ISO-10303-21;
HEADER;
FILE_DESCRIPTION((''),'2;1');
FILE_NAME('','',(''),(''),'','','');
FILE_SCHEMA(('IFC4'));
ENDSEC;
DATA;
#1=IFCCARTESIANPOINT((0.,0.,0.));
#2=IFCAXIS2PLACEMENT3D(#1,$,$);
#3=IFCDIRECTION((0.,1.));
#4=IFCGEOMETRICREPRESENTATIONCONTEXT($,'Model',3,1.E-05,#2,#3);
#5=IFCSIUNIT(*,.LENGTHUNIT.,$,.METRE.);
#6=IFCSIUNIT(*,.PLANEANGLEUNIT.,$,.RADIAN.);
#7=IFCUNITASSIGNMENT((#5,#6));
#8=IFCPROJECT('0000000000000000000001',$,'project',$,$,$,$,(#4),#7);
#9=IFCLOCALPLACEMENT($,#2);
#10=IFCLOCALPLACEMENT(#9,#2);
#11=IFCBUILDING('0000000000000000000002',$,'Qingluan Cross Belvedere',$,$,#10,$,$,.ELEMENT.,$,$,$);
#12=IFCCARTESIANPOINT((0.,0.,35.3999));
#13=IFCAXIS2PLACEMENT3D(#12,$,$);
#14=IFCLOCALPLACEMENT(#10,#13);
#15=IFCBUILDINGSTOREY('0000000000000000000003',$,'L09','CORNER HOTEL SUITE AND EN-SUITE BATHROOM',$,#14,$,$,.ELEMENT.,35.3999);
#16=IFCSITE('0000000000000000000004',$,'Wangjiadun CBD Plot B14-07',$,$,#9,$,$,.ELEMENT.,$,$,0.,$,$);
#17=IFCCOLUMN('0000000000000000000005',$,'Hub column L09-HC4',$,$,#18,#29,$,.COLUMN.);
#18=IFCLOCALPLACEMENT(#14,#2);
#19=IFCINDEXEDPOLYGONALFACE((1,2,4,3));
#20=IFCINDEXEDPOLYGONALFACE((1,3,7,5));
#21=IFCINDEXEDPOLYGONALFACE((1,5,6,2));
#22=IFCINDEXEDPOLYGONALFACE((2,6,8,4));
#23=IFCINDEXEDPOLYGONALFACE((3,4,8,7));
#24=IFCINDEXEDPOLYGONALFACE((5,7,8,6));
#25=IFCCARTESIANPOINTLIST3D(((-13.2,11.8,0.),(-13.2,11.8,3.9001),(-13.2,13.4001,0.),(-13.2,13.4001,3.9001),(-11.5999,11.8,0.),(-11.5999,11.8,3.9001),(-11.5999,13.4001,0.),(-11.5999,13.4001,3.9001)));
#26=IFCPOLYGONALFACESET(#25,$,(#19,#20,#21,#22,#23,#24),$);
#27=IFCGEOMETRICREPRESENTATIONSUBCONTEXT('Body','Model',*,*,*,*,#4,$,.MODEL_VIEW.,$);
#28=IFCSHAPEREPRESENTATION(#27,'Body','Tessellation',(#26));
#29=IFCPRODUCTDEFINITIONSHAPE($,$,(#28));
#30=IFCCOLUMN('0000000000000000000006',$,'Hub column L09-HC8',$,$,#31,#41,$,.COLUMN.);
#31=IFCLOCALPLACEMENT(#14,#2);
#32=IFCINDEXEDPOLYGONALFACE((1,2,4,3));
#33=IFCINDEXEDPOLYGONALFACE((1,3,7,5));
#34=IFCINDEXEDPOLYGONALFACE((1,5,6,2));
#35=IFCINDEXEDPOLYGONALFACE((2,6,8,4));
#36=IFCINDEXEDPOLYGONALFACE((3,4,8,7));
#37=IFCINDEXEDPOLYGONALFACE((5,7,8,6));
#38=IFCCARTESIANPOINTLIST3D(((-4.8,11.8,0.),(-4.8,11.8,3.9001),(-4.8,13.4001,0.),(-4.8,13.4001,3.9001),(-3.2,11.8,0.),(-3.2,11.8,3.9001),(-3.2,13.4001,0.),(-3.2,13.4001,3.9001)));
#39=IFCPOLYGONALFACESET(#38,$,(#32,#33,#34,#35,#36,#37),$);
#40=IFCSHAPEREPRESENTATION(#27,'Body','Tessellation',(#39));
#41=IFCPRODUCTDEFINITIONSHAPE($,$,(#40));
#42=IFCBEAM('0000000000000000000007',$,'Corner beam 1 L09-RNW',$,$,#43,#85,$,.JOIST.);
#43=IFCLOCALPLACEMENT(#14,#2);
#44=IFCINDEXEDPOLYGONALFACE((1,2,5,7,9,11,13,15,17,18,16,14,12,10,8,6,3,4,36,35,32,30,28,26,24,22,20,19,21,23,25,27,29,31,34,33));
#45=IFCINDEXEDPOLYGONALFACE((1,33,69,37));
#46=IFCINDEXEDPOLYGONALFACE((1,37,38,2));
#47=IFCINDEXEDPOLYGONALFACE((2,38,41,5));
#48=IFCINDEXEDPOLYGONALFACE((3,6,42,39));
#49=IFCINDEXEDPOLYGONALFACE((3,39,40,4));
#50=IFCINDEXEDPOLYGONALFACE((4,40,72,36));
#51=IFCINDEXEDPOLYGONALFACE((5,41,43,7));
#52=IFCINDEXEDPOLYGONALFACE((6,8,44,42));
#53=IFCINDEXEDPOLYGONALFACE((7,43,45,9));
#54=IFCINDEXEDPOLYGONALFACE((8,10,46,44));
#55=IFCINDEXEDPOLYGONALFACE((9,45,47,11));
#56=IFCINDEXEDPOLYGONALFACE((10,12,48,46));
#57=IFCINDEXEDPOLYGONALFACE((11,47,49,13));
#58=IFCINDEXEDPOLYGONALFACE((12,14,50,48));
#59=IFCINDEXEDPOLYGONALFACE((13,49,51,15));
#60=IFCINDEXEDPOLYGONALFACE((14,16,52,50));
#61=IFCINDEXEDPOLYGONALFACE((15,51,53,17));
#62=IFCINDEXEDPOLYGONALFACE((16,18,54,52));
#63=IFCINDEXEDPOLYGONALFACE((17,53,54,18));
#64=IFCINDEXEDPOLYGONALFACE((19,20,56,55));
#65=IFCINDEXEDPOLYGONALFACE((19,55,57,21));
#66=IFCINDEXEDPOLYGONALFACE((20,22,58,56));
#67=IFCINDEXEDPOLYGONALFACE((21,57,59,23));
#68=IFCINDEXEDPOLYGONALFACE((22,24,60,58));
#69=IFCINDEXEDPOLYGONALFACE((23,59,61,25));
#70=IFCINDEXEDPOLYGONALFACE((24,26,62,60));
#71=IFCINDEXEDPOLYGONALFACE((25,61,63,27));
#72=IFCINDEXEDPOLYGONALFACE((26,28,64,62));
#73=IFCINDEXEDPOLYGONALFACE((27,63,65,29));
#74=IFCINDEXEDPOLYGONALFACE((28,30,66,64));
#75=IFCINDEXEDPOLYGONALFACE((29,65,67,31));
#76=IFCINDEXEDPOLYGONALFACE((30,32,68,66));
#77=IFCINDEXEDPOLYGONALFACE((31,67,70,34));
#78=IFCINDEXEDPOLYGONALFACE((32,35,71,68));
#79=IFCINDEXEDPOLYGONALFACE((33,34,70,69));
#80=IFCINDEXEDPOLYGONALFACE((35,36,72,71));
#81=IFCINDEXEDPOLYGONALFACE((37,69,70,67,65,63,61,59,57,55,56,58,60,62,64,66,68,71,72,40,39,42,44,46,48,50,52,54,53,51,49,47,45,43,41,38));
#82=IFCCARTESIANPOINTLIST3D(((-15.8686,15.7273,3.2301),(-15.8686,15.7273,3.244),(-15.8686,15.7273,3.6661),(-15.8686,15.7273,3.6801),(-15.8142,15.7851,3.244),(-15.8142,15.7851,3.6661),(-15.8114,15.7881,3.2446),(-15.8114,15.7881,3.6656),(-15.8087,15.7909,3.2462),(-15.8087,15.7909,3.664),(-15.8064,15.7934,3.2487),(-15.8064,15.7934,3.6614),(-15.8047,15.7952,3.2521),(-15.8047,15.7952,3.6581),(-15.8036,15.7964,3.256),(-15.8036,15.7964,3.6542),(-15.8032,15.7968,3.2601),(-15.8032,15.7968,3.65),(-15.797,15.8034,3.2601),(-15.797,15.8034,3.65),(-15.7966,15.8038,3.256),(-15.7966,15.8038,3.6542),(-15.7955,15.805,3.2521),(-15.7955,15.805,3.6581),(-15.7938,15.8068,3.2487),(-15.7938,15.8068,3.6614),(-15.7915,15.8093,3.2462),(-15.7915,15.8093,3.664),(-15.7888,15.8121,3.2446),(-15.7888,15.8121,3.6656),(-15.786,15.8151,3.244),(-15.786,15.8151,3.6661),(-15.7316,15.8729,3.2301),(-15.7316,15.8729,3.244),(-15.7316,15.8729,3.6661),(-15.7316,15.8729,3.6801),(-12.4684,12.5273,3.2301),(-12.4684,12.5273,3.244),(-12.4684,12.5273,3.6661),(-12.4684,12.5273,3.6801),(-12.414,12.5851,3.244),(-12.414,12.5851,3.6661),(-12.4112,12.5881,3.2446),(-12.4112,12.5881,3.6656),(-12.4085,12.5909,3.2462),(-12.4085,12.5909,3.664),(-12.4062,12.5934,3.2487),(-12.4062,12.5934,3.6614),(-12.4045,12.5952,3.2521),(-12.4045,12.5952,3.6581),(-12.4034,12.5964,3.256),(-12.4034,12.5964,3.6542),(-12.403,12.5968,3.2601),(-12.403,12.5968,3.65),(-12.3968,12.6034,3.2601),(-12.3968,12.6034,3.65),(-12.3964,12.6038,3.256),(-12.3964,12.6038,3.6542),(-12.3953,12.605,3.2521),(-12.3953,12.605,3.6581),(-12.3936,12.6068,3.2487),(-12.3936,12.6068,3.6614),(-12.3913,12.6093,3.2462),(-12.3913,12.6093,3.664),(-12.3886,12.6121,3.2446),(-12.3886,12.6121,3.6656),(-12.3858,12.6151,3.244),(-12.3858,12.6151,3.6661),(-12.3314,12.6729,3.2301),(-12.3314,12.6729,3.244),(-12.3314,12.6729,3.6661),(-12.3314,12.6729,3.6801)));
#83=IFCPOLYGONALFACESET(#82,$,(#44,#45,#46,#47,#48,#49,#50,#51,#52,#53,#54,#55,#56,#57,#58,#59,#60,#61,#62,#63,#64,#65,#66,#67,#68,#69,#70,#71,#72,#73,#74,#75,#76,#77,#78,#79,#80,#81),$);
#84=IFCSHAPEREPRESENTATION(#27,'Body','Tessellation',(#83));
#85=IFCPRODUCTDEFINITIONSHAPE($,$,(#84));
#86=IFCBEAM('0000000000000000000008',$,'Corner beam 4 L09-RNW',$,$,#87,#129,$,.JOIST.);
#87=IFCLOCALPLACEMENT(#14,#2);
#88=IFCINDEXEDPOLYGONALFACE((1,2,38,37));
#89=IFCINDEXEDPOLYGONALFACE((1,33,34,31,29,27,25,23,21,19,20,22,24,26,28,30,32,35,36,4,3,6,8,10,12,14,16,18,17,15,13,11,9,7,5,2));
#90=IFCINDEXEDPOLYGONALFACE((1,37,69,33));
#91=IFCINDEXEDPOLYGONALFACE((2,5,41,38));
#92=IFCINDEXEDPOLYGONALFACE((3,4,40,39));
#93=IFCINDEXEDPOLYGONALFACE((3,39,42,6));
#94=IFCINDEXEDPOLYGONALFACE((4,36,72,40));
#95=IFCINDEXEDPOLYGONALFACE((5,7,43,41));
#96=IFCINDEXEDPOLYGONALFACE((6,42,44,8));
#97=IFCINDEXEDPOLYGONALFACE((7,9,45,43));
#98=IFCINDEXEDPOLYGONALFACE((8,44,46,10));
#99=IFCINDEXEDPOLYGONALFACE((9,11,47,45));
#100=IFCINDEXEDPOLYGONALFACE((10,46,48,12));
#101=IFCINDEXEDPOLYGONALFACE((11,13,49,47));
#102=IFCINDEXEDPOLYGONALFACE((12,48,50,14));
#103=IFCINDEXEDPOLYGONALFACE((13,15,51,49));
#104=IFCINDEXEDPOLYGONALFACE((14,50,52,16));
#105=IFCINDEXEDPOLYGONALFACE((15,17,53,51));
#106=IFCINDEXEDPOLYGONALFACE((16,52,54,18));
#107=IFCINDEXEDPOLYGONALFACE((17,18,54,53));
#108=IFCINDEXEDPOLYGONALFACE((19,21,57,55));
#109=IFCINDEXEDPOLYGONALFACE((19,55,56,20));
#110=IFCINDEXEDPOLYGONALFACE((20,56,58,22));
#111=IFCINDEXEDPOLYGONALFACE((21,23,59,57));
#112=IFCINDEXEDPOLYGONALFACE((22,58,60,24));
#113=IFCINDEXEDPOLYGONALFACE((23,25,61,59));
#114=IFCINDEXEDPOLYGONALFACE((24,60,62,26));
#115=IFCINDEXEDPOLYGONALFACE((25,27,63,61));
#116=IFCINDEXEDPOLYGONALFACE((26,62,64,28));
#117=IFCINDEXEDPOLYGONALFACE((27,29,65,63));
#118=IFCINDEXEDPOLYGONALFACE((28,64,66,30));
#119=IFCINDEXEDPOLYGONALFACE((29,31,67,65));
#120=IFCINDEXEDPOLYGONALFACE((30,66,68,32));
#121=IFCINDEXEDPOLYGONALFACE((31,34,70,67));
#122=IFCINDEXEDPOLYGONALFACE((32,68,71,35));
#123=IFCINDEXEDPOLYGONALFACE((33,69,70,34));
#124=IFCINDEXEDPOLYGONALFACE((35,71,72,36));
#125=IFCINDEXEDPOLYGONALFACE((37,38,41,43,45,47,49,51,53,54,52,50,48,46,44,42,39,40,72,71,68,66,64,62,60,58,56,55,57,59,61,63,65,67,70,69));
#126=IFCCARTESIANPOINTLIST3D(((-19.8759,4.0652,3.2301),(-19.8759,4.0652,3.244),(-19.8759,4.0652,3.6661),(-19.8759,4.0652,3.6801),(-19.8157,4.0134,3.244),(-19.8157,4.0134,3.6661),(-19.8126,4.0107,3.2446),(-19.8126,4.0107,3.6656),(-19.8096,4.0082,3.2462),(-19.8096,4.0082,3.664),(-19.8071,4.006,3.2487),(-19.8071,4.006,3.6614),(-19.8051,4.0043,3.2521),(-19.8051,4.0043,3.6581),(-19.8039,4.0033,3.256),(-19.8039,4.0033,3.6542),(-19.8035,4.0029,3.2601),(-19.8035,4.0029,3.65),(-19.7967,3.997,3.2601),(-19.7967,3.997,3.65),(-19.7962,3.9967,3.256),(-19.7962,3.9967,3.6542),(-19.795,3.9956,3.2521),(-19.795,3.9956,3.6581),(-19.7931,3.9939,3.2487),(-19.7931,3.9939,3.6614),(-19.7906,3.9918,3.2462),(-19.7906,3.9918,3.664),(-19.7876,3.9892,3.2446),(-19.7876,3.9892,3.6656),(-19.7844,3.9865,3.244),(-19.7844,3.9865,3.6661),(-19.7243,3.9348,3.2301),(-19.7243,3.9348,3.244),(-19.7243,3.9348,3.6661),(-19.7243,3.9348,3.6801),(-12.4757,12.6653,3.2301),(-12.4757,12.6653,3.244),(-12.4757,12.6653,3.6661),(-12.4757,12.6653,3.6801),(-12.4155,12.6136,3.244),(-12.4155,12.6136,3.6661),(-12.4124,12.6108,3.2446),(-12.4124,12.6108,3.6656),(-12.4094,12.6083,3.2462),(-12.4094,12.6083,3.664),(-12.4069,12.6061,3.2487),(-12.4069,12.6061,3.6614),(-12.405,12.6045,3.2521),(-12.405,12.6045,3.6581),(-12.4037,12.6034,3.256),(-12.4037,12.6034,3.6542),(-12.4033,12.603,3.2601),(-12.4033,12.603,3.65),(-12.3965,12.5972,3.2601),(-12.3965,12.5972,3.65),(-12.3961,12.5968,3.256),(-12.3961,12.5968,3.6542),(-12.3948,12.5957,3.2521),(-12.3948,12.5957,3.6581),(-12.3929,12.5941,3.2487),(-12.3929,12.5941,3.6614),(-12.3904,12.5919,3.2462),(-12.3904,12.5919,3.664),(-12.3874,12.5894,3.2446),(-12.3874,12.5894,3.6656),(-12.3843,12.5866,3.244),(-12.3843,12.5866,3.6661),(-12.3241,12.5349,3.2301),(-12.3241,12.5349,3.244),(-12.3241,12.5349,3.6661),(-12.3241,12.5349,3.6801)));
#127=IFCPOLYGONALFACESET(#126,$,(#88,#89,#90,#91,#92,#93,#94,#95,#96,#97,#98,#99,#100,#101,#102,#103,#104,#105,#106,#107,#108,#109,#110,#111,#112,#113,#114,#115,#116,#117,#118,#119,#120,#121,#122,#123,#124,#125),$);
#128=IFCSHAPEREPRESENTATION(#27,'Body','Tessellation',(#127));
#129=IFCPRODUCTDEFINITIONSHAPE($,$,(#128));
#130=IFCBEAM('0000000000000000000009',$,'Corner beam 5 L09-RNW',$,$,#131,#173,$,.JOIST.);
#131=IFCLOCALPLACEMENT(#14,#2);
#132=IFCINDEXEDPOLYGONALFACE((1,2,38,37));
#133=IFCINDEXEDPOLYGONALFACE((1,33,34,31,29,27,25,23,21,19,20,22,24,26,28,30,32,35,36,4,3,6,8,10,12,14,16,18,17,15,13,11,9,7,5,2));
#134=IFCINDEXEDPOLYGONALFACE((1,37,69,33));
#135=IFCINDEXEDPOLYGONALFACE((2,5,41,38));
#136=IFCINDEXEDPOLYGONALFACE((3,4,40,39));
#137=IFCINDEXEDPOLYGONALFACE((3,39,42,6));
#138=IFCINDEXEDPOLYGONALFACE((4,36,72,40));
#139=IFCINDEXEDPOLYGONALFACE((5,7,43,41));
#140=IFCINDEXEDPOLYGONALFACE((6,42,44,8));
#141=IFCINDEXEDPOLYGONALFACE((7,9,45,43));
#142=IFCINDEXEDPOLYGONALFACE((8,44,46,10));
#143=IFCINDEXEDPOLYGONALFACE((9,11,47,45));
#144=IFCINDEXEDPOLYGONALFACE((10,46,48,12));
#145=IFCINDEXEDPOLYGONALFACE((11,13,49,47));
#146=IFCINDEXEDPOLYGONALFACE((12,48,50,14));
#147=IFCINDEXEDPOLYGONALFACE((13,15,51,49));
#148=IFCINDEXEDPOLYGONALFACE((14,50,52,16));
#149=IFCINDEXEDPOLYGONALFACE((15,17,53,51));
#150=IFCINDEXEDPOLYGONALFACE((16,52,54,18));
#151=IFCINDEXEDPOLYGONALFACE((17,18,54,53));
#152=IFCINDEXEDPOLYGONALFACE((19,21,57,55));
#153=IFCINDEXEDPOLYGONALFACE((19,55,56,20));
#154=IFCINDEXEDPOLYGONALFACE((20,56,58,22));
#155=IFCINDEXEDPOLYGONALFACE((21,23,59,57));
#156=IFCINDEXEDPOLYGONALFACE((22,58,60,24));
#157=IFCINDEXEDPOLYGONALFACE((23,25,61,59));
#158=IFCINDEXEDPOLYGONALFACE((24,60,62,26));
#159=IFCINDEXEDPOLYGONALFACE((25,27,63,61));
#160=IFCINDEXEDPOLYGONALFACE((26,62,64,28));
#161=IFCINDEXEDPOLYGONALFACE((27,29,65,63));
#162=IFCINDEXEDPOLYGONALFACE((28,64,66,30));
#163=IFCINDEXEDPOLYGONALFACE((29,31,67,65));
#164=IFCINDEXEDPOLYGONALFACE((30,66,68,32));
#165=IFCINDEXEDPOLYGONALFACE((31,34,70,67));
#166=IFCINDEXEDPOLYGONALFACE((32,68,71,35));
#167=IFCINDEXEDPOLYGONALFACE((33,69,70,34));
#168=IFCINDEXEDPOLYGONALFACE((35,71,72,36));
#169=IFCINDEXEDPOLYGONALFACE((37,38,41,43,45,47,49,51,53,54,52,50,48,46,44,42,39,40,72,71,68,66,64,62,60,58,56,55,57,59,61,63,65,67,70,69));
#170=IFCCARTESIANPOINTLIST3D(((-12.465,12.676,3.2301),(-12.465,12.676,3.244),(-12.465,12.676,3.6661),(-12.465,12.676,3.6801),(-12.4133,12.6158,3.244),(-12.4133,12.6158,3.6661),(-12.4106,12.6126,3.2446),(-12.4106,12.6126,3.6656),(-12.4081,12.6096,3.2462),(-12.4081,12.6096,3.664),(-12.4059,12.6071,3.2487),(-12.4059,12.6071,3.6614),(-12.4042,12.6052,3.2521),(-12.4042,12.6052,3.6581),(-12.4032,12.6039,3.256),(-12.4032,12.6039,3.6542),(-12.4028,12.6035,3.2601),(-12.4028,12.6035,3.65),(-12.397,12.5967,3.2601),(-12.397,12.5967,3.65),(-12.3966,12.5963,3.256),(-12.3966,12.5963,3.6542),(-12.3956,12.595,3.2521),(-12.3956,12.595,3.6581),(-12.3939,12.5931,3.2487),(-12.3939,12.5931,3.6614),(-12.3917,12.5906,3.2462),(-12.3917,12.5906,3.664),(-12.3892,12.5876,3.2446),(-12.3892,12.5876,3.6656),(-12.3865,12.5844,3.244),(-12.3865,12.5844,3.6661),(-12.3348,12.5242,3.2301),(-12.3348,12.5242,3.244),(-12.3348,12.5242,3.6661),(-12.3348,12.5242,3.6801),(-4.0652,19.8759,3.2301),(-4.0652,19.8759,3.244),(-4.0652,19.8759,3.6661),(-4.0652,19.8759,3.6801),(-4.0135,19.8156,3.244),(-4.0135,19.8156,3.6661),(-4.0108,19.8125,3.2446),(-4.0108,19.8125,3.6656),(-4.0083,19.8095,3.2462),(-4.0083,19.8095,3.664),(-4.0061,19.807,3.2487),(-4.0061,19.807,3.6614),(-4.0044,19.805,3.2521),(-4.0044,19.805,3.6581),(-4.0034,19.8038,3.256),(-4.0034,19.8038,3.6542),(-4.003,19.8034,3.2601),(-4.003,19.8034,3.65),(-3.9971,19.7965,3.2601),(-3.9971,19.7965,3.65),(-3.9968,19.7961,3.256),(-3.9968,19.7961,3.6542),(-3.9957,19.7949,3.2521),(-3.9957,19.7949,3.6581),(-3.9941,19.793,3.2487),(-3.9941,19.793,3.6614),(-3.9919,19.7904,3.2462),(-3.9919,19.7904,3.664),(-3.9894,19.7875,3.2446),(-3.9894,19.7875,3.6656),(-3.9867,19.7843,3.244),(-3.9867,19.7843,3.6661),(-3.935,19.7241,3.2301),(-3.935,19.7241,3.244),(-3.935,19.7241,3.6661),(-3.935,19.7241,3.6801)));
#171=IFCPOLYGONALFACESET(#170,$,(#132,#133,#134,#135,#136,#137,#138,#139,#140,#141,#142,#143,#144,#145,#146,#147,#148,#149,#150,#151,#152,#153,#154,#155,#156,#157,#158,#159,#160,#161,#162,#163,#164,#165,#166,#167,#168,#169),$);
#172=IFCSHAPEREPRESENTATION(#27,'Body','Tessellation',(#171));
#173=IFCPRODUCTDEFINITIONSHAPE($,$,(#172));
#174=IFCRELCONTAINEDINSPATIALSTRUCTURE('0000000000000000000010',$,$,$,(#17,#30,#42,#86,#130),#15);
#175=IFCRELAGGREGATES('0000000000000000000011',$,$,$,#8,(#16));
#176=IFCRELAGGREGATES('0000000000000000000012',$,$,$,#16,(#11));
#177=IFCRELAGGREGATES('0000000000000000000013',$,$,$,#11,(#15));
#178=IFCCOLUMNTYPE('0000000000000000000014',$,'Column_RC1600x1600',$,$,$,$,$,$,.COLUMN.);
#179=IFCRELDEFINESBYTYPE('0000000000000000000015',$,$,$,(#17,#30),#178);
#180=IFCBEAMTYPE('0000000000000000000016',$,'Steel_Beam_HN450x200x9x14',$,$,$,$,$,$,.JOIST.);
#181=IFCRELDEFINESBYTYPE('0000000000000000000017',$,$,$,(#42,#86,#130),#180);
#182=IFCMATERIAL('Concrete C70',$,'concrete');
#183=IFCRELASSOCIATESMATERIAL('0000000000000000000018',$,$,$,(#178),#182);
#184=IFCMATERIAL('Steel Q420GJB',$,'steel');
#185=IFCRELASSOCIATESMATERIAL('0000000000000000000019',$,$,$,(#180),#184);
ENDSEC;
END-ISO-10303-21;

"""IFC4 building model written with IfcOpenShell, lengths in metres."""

from ifc_helpers import new_model, si_unit, direction, frame, origin, origin_2d, place, context, subcontext, project, spatial, rectangle, i_section, extrude, material, material_profile, profile_set, type_object, element, save


model = new_model("IFC4")

# Units and contexts
model_context = context("Model", 3, precision=1e-05, world=origin(), true_north=direction((0.0, 1.0)))
body_context = subcontext(model_context, "Body", "Model", "MODEL_VIEW")
ifc_project = project(units=[si_unit("LENGTHUNIT", "METRE"), si_unit("PLANEANGLEUNIT", "RADIAN")], contexts=[model_context])

# Site, building, storey
site_placement = place(None, origin())
site = spatial("IfcSite", under=ifc_project, at=site_placement, Name="Wangjiadun CBD Plot B14-07", CompositionType="ELEMENT", RefElevation=0.0)
building_placement = place(site_placement, origin())
building = spatial("IfcBuilding", under=site, at=building_placement, Name="Qingluan Cross Belvedere", CompositionType="ELEMENT")
storey_placement = place(building_placement, frame((0.0, 0.0, 35.3999)))
storey = spatial("IfcBuildingStorey", under=building, at=storey_placement, Name="L09", Description="CORNER HOTEL SUITE AND EN-SUITE BATHROOM", CompositionType="ELEMENT", Elevation=35.3999)

# Columns
ifc_material_1 = material(Name="Concrete C70", Category="concrete")
ifc_material_profile_1 = material_profile(ifc_material_1, rectangle(XDim=1.6001, YDim=1.6001, at=origin_2d()), Name="RC1600x1600")
ifc_profile_set_1 = profile_set([ifc_material_profile_1], Name="Concrete C70")
column_type = type_object("IfcColumnType", Name="Column_RC1600x1600", PredefinedType="COLUMN", material=ifc_profile_set_1)
for number, where, z_axis, x_axis, name in (
    (1, (-12.3999, 12.6001, 0.0), (0.0, 0.0, 1.0), (1.0, 0.0, 0.0), "Hub column L09-HC4"),
    (2, (-4.0, 12.6001, 0.0), (0.0, 0.0, 1.0), (1.0, 0.0, 0.0), "Hub column L09-HC8"),
):
    element("IfcColumn", number, at=place(storey_placement, frame(where, z_axis=z_axis, x_axis=x_axis)), inside=storey, type_object=column_type, Name=name, PredefinedType="COLUMN", context=body_context, shape_type="SweptSolid", body=[
        extrude(rectangle(XDim=1.6001, YDim=1.6001, at=origin_2d()), origin(), (0.0, 0.0, 1.0), 3.9001),
    ])

# Beams
ifc_material_2 = material(Name="Steel Q420GJB", Category="steel")
ifc_material_profile_2 = material_profile(ifc_material_2, i_section(OverallWidth=0.2, OverallDepth=0.45, WebThickness=0.009, FlangeThickness=0.0139, FilletRadius=0.0161, at=origin_2d()), Name="HN450x200x9x14")
ifc_profile_set_2 = profile_set([ifc_material_profile_2], Name="Steel Q420GJB")
beam_type_1 = type_object("IfcBeamType", Name="Steel_Beam_HN450x200x9x14", PredefinedType="JOIST", material=ifc_profile_set_2)
beam_1_placement = place(storey_placement, frame((-12.3999, 12.6001, 3.4551), z_axis=(-0.72822, 0.685343, 0.0), x_axis=(-0.685343, -0.72822, 0.0)))
element("IfcBeam", 3, at=beam_1_placement, inside=storey, type_object=beam_type_1, Name="Corner beam 1 L09-RNW", PredefinedType="JOIST", context=body_context, shape_type="SweptSolid", body=[
    extrude(i_section(OverallWidth=0.2, OverallDepth=0.45, WebThickness=0.009, FlangeThickness=0.0139, FilletRadius=0.0161, at=origin_2d()), origin(), (0.0, 0.0, 1.0), 4.6692),
])
beam_2_placement = place(storey_placement, frame((-12.3999, 12.6001, 3.4551), z_axis=(-0.652245, -0.758008, 0.0), x_axis=(0.758008, -0.652245, 0.0)))
element("IfcBeam", 4, at=beam_2_placement, inside=storey, type_object=beam_type_1, Name="Corner beam 4 L09-RNW", PredefinedType="JOIST", context=body_context, shape_type="SweptSolid", body=[
    extrude(i_section(OverallWidth=0.2, OverallDepth=0.45, WebThickness=0.009, FlangeThickness=0.0139, FilletRadius=0.0161, at=origin_2d()), origin(), (0.0, 0.0, 1.0), 11.3457),
])
beam_3_placement = place(storey_placement, frame((-12.3999, 12.6001, 3.4551), z_axis=(0.759255, 0.650793, 0.0), x_axis=(-0.650793, 0.759255, 0.0)))
element("IfcBeam", 5, at=beam_3_placement, inside=storey, type_object=beam_type_1, Name="Corner beam 5 L09-RNW", PredefinedType="JOIST", context=body_context, shape_type="SweptSolid", body=[
    extrude(i_section(OverallWidth=0.2, OverallDepth=0.45, WebThickness=0.009, FlangeThickness=0.0139, FilletRadius=0.0161, at=origin_2d()), origin(), (0.0, 0.0, 1.0), 11.0632),
])

save(model, "model.ifc")
